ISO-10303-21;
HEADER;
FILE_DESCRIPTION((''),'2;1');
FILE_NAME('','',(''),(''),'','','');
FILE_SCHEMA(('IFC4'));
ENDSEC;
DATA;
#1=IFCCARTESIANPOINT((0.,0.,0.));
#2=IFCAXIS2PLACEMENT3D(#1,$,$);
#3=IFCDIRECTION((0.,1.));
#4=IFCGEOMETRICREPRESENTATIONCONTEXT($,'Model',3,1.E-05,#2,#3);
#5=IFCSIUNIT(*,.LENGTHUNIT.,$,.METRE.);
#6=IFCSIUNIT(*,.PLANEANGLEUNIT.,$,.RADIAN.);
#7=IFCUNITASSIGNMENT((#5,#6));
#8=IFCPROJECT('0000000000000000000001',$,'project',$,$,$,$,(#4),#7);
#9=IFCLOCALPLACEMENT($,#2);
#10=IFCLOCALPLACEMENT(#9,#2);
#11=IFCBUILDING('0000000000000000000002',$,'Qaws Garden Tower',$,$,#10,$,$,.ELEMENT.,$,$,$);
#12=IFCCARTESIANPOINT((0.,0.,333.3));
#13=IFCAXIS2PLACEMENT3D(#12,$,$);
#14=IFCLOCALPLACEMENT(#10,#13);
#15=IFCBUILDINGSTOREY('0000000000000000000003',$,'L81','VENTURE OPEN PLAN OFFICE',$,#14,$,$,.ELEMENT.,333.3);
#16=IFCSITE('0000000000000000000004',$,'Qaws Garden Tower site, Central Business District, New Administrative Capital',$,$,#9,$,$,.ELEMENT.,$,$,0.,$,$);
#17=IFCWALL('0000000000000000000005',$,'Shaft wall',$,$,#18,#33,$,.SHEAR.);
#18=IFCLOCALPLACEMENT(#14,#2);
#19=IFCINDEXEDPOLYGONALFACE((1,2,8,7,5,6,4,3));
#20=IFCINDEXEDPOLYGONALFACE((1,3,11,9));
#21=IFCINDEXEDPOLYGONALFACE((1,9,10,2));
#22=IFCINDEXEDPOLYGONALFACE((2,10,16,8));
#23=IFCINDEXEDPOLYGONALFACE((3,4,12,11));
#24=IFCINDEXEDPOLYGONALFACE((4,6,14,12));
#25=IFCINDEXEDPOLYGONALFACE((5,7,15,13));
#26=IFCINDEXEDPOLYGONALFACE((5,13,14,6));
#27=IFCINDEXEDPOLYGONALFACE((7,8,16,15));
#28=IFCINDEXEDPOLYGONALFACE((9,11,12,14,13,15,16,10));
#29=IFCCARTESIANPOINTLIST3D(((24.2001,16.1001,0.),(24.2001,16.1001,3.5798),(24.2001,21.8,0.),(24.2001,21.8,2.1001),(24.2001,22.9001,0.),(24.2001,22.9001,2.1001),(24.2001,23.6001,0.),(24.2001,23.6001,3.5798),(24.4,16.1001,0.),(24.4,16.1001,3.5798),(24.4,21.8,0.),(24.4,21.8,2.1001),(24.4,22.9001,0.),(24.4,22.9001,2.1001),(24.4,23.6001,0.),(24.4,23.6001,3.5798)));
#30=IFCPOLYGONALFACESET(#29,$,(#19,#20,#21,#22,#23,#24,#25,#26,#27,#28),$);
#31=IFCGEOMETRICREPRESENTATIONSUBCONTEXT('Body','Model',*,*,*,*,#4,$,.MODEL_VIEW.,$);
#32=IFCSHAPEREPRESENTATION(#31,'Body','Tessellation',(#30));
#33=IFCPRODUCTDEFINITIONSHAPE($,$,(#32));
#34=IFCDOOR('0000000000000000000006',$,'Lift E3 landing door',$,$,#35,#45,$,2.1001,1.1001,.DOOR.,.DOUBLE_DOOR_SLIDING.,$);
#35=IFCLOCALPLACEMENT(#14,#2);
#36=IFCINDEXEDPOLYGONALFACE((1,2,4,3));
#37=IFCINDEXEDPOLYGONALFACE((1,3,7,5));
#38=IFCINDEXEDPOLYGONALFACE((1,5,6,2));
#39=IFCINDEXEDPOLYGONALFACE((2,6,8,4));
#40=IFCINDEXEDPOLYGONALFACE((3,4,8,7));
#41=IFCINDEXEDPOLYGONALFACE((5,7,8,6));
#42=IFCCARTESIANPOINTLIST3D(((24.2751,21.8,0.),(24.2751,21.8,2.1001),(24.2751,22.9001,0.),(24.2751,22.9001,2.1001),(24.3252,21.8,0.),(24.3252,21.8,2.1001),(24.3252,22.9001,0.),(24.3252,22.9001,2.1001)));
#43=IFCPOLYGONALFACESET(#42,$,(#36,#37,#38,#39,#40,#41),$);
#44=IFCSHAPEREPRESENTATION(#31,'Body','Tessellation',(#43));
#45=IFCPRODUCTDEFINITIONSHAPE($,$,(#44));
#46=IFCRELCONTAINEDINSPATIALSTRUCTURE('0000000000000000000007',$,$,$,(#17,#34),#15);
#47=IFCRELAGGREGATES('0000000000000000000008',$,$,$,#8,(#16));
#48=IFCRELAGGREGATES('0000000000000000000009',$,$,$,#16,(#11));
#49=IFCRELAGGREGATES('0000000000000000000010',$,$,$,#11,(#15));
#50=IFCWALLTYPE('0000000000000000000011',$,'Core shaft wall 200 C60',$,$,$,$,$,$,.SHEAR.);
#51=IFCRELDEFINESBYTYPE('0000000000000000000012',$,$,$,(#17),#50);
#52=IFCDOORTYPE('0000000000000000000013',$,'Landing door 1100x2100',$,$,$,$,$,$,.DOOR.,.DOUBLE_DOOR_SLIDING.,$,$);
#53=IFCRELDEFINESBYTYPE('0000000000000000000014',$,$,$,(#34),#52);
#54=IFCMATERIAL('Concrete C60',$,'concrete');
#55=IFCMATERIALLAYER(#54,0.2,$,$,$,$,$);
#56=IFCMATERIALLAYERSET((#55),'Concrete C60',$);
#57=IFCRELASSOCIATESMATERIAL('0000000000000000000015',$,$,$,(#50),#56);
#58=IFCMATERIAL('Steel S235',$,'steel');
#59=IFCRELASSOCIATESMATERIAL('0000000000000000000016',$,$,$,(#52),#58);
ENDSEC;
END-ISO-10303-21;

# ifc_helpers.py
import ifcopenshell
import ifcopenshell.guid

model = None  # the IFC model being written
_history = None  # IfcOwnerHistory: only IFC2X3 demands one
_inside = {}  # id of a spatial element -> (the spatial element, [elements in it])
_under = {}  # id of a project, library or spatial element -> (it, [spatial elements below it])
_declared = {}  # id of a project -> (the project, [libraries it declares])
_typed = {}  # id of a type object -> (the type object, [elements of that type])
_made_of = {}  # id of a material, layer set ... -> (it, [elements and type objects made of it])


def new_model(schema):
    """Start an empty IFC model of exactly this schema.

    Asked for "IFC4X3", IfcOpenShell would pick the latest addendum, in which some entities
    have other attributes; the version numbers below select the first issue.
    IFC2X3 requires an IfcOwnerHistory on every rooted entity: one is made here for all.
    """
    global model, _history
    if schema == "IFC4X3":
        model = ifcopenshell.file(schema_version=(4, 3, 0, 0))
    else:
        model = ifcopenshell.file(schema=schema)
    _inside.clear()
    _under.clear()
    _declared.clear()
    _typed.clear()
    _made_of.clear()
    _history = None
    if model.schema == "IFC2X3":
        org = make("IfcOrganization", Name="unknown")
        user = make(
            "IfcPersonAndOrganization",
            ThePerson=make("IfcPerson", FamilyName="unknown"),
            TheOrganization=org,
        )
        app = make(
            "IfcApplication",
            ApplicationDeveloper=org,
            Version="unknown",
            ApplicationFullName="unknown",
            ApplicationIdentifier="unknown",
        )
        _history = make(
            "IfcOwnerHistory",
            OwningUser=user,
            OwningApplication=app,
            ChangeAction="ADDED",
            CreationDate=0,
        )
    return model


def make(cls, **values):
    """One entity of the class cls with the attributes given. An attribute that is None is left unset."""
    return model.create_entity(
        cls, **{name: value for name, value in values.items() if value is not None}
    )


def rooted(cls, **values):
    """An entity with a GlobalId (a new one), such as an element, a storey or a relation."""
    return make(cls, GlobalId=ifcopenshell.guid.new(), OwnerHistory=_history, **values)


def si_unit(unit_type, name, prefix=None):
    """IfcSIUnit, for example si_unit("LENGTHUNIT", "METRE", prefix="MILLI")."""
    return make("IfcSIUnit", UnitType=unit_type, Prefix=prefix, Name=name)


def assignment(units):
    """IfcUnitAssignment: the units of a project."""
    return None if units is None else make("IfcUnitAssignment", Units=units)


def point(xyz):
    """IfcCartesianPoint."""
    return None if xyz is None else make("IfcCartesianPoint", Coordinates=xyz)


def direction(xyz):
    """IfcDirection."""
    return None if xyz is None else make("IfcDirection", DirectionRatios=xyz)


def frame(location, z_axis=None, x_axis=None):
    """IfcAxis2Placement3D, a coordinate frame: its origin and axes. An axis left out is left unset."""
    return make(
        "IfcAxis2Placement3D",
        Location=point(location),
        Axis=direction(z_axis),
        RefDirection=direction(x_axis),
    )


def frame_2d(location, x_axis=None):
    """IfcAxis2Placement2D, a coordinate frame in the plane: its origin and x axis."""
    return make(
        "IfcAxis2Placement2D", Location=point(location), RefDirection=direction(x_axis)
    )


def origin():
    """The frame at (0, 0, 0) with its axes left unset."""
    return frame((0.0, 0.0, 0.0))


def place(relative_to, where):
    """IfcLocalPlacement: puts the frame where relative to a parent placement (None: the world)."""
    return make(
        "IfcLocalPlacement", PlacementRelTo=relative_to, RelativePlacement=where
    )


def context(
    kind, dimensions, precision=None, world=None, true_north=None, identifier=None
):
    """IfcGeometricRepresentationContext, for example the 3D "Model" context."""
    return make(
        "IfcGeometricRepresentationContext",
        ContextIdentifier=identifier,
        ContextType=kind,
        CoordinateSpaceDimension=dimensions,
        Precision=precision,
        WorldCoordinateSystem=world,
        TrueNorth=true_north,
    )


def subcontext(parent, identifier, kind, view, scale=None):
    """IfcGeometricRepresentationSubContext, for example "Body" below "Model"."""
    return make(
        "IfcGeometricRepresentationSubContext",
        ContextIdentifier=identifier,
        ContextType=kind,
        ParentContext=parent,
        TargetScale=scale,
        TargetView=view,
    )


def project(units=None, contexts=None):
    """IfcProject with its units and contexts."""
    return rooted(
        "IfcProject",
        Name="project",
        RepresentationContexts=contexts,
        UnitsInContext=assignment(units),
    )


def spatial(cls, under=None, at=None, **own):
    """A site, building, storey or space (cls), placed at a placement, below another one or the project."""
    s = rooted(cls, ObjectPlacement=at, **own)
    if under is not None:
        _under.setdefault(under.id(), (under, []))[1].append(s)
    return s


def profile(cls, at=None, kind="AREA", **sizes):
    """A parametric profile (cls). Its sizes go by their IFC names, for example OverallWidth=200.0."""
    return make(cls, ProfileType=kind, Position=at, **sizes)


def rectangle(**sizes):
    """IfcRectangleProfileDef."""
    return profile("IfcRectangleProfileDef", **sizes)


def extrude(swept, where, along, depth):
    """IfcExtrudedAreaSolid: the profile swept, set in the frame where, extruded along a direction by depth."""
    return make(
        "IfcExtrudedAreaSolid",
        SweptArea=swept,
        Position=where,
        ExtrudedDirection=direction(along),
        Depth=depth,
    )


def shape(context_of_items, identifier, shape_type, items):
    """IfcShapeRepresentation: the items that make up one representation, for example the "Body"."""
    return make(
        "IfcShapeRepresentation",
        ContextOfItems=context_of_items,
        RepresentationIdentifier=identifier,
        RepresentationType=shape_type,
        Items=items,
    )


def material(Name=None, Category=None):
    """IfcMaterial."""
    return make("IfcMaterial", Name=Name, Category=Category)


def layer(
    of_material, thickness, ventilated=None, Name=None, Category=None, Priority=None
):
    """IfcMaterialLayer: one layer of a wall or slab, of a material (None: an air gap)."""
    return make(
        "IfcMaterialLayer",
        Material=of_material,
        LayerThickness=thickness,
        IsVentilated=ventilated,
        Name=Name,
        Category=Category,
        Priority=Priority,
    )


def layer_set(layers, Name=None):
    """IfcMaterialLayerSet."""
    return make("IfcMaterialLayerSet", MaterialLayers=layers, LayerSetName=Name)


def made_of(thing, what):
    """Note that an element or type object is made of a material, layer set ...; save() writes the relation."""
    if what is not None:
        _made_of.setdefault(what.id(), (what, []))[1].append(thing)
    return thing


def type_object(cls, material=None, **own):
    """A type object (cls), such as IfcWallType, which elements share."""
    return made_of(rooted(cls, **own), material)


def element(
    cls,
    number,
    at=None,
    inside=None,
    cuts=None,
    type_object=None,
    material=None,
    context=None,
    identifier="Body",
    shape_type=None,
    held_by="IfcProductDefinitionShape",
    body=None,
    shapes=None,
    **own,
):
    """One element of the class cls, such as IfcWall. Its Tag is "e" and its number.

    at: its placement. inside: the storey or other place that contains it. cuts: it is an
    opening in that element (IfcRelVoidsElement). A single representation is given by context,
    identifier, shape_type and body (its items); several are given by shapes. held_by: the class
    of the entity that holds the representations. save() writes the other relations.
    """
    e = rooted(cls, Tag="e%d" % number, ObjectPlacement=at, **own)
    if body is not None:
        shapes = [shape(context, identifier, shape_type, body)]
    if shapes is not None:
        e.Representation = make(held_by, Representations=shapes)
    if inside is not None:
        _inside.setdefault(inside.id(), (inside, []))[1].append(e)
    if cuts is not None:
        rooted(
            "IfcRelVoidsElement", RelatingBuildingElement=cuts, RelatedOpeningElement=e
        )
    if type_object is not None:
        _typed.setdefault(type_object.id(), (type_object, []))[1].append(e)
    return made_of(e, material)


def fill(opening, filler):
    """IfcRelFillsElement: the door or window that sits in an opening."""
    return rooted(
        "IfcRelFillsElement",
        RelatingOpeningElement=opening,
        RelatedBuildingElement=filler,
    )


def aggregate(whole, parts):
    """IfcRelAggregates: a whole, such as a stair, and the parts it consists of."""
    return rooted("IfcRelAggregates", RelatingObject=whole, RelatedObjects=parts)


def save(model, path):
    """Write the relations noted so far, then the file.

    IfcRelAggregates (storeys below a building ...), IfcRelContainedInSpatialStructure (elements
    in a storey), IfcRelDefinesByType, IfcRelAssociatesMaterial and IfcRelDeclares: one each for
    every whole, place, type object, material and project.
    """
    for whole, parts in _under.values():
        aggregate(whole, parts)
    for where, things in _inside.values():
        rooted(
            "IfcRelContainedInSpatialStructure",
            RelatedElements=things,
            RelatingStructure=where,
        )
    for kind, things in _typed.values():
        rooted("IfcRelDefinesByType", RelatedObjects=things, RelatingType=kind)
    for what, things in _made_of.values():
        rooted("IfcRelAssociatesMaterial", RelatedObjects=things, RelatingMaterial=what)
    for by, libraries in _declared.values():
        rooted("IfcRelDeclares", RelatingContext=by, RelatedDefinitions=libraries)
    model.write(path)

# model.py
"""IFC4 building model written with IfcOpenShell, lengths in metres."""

from ifc_helpers import new_model, si_unit, direction, frame, frame_2d, origin, place, context, subcontext, project, spatial, rectangle, extrude, material, layer, layer_set, type_object, element, fill, save


model = new_model("IFC4")

# Units and contexts
model_context = context("Model", 3, precision=1e-05, world=origin(), true_north=direction((0.0, 1.0)))
body_context = subcontext(model_context, "Body", "Model", "MODEL_VIEW")
ifc_project = project(units=[si_unit("LENGTHUNIT", "METRE"), si_unit("PLANEANGLEUNIT", "RADIAN")], contexts=[model_context])

# Site, building, storey
site_placement = place(None, origin())
site = spatial("IfcSite", under=ifc_project, at=site_placement, Name="Qaws Garden Tower site, Central Business District, New Administrative Capital", CompositionType="ELEMENT", RefElevation=0.0)
building_placement = place(site_placement, origin())
building = spatial("IfcBuilding", under=site, at=building_placement, Name="Qaws Garden Tower", CompositionType="ELEMENT")
storey_placement = place(building_placement, frame((0.0, 0.0, 333.3)))
storey = spatial("IfcBuildingStorey", under=building, at=storey_placement, Name="L81", Description="VENTURE OPEN PLAN OFFICE", CompositionType="ELEMENT", Elevation=333.3)

# Shared definitions
ifc_material_1 = material(Name="Concrete C60", Category="concrete")
ifc_layer_1 = layer(ifc_material_1, 0.2)
ifc_layer_set_1 = layer_set([ifc_layer_1], Name="Concrete C60")
wall_type_1 = type_object("IfcWallType", Name="Core shaft wall 200 C60", PredefinedType="SHEAR", material=ifc_layer_set_1)
ifc_material_2 = material(Name="Steel S235", Category="steel")
door_type_1 = type_object("IfcDoorType", Name="Landing door 1100x2100", OperationType="DOUBLE_DOOR_SLIDING", PredefinedType="DOOR", material=ifc_material_2)

# Wall, opening, door
wall_1_placement = place(storey_placement, frame((24.3, 16.1001, 0.0), z_axis=(0.0, 0.0, 1.0), x_axis=(0.0, 1.0, 0.0)))
wall_1 = element("IfcWall", 1, at=wall_1_placement, inside=storey, type_object=wall_type_1, Name="Shaft wall", PredefinedType="SHEAR", context=body_context, shape_type="SweptSolid", body=[
    extrude(rectangle(XDim=7.5, YDim=0.2, at=frame_2d((3.75, 0.0))), origin(), (0.0, 0.0, 1.0), 3.5798),
])
opening_1_placement = place(wall_1_placement, frame((5.7, 0.0, 0.0)))
opening_1 = element("IfcOpeningElement", 2, at=opening_1_placement, cuts=wall_1, PredefinedType="OPENING", context=body_context, shape_type="SweptSolid", body=[
    extrude(rectangle(XDim=1.1001, YDim=2.1001, at=frame_2d((0.55, 1.05))), frame((0.0, 0.1099, 0.0), z_axis=(0.0, -1.0, 0.0), x_axis=(1.0, 0.0, 0.0)), (0.0, 0.0, 1.0), 0.22),
])
door_1_placement = place(opening_1_placement, origin())
door_1 = element("IfcDoor", 3, at=door_1_placement, inside=storey, type_object=door_type_1, Name="Lift E3 landing door", OperationType="DOUBLE_DOOR_SLIDING", OverallHeight=2.1001, OverallWidth=1.1001, PredefinedType="DOOR", context=body_context, shape_type="SweptSolid", body=[
    extrude(rectangle(XDim=1.1001, YDim=2.1001, at=frame_2d((0.55, 1.05))), frame((0.0, 0.0249, 0.0), z_axis=(0.0, -1.0, 0.0), x_axis=(1.0, 0.0, 0.0)), (0.0, 0.0, 1.0), 0.05),
])
fill(opening_1, door_1)

save(model, "model.ifc")
